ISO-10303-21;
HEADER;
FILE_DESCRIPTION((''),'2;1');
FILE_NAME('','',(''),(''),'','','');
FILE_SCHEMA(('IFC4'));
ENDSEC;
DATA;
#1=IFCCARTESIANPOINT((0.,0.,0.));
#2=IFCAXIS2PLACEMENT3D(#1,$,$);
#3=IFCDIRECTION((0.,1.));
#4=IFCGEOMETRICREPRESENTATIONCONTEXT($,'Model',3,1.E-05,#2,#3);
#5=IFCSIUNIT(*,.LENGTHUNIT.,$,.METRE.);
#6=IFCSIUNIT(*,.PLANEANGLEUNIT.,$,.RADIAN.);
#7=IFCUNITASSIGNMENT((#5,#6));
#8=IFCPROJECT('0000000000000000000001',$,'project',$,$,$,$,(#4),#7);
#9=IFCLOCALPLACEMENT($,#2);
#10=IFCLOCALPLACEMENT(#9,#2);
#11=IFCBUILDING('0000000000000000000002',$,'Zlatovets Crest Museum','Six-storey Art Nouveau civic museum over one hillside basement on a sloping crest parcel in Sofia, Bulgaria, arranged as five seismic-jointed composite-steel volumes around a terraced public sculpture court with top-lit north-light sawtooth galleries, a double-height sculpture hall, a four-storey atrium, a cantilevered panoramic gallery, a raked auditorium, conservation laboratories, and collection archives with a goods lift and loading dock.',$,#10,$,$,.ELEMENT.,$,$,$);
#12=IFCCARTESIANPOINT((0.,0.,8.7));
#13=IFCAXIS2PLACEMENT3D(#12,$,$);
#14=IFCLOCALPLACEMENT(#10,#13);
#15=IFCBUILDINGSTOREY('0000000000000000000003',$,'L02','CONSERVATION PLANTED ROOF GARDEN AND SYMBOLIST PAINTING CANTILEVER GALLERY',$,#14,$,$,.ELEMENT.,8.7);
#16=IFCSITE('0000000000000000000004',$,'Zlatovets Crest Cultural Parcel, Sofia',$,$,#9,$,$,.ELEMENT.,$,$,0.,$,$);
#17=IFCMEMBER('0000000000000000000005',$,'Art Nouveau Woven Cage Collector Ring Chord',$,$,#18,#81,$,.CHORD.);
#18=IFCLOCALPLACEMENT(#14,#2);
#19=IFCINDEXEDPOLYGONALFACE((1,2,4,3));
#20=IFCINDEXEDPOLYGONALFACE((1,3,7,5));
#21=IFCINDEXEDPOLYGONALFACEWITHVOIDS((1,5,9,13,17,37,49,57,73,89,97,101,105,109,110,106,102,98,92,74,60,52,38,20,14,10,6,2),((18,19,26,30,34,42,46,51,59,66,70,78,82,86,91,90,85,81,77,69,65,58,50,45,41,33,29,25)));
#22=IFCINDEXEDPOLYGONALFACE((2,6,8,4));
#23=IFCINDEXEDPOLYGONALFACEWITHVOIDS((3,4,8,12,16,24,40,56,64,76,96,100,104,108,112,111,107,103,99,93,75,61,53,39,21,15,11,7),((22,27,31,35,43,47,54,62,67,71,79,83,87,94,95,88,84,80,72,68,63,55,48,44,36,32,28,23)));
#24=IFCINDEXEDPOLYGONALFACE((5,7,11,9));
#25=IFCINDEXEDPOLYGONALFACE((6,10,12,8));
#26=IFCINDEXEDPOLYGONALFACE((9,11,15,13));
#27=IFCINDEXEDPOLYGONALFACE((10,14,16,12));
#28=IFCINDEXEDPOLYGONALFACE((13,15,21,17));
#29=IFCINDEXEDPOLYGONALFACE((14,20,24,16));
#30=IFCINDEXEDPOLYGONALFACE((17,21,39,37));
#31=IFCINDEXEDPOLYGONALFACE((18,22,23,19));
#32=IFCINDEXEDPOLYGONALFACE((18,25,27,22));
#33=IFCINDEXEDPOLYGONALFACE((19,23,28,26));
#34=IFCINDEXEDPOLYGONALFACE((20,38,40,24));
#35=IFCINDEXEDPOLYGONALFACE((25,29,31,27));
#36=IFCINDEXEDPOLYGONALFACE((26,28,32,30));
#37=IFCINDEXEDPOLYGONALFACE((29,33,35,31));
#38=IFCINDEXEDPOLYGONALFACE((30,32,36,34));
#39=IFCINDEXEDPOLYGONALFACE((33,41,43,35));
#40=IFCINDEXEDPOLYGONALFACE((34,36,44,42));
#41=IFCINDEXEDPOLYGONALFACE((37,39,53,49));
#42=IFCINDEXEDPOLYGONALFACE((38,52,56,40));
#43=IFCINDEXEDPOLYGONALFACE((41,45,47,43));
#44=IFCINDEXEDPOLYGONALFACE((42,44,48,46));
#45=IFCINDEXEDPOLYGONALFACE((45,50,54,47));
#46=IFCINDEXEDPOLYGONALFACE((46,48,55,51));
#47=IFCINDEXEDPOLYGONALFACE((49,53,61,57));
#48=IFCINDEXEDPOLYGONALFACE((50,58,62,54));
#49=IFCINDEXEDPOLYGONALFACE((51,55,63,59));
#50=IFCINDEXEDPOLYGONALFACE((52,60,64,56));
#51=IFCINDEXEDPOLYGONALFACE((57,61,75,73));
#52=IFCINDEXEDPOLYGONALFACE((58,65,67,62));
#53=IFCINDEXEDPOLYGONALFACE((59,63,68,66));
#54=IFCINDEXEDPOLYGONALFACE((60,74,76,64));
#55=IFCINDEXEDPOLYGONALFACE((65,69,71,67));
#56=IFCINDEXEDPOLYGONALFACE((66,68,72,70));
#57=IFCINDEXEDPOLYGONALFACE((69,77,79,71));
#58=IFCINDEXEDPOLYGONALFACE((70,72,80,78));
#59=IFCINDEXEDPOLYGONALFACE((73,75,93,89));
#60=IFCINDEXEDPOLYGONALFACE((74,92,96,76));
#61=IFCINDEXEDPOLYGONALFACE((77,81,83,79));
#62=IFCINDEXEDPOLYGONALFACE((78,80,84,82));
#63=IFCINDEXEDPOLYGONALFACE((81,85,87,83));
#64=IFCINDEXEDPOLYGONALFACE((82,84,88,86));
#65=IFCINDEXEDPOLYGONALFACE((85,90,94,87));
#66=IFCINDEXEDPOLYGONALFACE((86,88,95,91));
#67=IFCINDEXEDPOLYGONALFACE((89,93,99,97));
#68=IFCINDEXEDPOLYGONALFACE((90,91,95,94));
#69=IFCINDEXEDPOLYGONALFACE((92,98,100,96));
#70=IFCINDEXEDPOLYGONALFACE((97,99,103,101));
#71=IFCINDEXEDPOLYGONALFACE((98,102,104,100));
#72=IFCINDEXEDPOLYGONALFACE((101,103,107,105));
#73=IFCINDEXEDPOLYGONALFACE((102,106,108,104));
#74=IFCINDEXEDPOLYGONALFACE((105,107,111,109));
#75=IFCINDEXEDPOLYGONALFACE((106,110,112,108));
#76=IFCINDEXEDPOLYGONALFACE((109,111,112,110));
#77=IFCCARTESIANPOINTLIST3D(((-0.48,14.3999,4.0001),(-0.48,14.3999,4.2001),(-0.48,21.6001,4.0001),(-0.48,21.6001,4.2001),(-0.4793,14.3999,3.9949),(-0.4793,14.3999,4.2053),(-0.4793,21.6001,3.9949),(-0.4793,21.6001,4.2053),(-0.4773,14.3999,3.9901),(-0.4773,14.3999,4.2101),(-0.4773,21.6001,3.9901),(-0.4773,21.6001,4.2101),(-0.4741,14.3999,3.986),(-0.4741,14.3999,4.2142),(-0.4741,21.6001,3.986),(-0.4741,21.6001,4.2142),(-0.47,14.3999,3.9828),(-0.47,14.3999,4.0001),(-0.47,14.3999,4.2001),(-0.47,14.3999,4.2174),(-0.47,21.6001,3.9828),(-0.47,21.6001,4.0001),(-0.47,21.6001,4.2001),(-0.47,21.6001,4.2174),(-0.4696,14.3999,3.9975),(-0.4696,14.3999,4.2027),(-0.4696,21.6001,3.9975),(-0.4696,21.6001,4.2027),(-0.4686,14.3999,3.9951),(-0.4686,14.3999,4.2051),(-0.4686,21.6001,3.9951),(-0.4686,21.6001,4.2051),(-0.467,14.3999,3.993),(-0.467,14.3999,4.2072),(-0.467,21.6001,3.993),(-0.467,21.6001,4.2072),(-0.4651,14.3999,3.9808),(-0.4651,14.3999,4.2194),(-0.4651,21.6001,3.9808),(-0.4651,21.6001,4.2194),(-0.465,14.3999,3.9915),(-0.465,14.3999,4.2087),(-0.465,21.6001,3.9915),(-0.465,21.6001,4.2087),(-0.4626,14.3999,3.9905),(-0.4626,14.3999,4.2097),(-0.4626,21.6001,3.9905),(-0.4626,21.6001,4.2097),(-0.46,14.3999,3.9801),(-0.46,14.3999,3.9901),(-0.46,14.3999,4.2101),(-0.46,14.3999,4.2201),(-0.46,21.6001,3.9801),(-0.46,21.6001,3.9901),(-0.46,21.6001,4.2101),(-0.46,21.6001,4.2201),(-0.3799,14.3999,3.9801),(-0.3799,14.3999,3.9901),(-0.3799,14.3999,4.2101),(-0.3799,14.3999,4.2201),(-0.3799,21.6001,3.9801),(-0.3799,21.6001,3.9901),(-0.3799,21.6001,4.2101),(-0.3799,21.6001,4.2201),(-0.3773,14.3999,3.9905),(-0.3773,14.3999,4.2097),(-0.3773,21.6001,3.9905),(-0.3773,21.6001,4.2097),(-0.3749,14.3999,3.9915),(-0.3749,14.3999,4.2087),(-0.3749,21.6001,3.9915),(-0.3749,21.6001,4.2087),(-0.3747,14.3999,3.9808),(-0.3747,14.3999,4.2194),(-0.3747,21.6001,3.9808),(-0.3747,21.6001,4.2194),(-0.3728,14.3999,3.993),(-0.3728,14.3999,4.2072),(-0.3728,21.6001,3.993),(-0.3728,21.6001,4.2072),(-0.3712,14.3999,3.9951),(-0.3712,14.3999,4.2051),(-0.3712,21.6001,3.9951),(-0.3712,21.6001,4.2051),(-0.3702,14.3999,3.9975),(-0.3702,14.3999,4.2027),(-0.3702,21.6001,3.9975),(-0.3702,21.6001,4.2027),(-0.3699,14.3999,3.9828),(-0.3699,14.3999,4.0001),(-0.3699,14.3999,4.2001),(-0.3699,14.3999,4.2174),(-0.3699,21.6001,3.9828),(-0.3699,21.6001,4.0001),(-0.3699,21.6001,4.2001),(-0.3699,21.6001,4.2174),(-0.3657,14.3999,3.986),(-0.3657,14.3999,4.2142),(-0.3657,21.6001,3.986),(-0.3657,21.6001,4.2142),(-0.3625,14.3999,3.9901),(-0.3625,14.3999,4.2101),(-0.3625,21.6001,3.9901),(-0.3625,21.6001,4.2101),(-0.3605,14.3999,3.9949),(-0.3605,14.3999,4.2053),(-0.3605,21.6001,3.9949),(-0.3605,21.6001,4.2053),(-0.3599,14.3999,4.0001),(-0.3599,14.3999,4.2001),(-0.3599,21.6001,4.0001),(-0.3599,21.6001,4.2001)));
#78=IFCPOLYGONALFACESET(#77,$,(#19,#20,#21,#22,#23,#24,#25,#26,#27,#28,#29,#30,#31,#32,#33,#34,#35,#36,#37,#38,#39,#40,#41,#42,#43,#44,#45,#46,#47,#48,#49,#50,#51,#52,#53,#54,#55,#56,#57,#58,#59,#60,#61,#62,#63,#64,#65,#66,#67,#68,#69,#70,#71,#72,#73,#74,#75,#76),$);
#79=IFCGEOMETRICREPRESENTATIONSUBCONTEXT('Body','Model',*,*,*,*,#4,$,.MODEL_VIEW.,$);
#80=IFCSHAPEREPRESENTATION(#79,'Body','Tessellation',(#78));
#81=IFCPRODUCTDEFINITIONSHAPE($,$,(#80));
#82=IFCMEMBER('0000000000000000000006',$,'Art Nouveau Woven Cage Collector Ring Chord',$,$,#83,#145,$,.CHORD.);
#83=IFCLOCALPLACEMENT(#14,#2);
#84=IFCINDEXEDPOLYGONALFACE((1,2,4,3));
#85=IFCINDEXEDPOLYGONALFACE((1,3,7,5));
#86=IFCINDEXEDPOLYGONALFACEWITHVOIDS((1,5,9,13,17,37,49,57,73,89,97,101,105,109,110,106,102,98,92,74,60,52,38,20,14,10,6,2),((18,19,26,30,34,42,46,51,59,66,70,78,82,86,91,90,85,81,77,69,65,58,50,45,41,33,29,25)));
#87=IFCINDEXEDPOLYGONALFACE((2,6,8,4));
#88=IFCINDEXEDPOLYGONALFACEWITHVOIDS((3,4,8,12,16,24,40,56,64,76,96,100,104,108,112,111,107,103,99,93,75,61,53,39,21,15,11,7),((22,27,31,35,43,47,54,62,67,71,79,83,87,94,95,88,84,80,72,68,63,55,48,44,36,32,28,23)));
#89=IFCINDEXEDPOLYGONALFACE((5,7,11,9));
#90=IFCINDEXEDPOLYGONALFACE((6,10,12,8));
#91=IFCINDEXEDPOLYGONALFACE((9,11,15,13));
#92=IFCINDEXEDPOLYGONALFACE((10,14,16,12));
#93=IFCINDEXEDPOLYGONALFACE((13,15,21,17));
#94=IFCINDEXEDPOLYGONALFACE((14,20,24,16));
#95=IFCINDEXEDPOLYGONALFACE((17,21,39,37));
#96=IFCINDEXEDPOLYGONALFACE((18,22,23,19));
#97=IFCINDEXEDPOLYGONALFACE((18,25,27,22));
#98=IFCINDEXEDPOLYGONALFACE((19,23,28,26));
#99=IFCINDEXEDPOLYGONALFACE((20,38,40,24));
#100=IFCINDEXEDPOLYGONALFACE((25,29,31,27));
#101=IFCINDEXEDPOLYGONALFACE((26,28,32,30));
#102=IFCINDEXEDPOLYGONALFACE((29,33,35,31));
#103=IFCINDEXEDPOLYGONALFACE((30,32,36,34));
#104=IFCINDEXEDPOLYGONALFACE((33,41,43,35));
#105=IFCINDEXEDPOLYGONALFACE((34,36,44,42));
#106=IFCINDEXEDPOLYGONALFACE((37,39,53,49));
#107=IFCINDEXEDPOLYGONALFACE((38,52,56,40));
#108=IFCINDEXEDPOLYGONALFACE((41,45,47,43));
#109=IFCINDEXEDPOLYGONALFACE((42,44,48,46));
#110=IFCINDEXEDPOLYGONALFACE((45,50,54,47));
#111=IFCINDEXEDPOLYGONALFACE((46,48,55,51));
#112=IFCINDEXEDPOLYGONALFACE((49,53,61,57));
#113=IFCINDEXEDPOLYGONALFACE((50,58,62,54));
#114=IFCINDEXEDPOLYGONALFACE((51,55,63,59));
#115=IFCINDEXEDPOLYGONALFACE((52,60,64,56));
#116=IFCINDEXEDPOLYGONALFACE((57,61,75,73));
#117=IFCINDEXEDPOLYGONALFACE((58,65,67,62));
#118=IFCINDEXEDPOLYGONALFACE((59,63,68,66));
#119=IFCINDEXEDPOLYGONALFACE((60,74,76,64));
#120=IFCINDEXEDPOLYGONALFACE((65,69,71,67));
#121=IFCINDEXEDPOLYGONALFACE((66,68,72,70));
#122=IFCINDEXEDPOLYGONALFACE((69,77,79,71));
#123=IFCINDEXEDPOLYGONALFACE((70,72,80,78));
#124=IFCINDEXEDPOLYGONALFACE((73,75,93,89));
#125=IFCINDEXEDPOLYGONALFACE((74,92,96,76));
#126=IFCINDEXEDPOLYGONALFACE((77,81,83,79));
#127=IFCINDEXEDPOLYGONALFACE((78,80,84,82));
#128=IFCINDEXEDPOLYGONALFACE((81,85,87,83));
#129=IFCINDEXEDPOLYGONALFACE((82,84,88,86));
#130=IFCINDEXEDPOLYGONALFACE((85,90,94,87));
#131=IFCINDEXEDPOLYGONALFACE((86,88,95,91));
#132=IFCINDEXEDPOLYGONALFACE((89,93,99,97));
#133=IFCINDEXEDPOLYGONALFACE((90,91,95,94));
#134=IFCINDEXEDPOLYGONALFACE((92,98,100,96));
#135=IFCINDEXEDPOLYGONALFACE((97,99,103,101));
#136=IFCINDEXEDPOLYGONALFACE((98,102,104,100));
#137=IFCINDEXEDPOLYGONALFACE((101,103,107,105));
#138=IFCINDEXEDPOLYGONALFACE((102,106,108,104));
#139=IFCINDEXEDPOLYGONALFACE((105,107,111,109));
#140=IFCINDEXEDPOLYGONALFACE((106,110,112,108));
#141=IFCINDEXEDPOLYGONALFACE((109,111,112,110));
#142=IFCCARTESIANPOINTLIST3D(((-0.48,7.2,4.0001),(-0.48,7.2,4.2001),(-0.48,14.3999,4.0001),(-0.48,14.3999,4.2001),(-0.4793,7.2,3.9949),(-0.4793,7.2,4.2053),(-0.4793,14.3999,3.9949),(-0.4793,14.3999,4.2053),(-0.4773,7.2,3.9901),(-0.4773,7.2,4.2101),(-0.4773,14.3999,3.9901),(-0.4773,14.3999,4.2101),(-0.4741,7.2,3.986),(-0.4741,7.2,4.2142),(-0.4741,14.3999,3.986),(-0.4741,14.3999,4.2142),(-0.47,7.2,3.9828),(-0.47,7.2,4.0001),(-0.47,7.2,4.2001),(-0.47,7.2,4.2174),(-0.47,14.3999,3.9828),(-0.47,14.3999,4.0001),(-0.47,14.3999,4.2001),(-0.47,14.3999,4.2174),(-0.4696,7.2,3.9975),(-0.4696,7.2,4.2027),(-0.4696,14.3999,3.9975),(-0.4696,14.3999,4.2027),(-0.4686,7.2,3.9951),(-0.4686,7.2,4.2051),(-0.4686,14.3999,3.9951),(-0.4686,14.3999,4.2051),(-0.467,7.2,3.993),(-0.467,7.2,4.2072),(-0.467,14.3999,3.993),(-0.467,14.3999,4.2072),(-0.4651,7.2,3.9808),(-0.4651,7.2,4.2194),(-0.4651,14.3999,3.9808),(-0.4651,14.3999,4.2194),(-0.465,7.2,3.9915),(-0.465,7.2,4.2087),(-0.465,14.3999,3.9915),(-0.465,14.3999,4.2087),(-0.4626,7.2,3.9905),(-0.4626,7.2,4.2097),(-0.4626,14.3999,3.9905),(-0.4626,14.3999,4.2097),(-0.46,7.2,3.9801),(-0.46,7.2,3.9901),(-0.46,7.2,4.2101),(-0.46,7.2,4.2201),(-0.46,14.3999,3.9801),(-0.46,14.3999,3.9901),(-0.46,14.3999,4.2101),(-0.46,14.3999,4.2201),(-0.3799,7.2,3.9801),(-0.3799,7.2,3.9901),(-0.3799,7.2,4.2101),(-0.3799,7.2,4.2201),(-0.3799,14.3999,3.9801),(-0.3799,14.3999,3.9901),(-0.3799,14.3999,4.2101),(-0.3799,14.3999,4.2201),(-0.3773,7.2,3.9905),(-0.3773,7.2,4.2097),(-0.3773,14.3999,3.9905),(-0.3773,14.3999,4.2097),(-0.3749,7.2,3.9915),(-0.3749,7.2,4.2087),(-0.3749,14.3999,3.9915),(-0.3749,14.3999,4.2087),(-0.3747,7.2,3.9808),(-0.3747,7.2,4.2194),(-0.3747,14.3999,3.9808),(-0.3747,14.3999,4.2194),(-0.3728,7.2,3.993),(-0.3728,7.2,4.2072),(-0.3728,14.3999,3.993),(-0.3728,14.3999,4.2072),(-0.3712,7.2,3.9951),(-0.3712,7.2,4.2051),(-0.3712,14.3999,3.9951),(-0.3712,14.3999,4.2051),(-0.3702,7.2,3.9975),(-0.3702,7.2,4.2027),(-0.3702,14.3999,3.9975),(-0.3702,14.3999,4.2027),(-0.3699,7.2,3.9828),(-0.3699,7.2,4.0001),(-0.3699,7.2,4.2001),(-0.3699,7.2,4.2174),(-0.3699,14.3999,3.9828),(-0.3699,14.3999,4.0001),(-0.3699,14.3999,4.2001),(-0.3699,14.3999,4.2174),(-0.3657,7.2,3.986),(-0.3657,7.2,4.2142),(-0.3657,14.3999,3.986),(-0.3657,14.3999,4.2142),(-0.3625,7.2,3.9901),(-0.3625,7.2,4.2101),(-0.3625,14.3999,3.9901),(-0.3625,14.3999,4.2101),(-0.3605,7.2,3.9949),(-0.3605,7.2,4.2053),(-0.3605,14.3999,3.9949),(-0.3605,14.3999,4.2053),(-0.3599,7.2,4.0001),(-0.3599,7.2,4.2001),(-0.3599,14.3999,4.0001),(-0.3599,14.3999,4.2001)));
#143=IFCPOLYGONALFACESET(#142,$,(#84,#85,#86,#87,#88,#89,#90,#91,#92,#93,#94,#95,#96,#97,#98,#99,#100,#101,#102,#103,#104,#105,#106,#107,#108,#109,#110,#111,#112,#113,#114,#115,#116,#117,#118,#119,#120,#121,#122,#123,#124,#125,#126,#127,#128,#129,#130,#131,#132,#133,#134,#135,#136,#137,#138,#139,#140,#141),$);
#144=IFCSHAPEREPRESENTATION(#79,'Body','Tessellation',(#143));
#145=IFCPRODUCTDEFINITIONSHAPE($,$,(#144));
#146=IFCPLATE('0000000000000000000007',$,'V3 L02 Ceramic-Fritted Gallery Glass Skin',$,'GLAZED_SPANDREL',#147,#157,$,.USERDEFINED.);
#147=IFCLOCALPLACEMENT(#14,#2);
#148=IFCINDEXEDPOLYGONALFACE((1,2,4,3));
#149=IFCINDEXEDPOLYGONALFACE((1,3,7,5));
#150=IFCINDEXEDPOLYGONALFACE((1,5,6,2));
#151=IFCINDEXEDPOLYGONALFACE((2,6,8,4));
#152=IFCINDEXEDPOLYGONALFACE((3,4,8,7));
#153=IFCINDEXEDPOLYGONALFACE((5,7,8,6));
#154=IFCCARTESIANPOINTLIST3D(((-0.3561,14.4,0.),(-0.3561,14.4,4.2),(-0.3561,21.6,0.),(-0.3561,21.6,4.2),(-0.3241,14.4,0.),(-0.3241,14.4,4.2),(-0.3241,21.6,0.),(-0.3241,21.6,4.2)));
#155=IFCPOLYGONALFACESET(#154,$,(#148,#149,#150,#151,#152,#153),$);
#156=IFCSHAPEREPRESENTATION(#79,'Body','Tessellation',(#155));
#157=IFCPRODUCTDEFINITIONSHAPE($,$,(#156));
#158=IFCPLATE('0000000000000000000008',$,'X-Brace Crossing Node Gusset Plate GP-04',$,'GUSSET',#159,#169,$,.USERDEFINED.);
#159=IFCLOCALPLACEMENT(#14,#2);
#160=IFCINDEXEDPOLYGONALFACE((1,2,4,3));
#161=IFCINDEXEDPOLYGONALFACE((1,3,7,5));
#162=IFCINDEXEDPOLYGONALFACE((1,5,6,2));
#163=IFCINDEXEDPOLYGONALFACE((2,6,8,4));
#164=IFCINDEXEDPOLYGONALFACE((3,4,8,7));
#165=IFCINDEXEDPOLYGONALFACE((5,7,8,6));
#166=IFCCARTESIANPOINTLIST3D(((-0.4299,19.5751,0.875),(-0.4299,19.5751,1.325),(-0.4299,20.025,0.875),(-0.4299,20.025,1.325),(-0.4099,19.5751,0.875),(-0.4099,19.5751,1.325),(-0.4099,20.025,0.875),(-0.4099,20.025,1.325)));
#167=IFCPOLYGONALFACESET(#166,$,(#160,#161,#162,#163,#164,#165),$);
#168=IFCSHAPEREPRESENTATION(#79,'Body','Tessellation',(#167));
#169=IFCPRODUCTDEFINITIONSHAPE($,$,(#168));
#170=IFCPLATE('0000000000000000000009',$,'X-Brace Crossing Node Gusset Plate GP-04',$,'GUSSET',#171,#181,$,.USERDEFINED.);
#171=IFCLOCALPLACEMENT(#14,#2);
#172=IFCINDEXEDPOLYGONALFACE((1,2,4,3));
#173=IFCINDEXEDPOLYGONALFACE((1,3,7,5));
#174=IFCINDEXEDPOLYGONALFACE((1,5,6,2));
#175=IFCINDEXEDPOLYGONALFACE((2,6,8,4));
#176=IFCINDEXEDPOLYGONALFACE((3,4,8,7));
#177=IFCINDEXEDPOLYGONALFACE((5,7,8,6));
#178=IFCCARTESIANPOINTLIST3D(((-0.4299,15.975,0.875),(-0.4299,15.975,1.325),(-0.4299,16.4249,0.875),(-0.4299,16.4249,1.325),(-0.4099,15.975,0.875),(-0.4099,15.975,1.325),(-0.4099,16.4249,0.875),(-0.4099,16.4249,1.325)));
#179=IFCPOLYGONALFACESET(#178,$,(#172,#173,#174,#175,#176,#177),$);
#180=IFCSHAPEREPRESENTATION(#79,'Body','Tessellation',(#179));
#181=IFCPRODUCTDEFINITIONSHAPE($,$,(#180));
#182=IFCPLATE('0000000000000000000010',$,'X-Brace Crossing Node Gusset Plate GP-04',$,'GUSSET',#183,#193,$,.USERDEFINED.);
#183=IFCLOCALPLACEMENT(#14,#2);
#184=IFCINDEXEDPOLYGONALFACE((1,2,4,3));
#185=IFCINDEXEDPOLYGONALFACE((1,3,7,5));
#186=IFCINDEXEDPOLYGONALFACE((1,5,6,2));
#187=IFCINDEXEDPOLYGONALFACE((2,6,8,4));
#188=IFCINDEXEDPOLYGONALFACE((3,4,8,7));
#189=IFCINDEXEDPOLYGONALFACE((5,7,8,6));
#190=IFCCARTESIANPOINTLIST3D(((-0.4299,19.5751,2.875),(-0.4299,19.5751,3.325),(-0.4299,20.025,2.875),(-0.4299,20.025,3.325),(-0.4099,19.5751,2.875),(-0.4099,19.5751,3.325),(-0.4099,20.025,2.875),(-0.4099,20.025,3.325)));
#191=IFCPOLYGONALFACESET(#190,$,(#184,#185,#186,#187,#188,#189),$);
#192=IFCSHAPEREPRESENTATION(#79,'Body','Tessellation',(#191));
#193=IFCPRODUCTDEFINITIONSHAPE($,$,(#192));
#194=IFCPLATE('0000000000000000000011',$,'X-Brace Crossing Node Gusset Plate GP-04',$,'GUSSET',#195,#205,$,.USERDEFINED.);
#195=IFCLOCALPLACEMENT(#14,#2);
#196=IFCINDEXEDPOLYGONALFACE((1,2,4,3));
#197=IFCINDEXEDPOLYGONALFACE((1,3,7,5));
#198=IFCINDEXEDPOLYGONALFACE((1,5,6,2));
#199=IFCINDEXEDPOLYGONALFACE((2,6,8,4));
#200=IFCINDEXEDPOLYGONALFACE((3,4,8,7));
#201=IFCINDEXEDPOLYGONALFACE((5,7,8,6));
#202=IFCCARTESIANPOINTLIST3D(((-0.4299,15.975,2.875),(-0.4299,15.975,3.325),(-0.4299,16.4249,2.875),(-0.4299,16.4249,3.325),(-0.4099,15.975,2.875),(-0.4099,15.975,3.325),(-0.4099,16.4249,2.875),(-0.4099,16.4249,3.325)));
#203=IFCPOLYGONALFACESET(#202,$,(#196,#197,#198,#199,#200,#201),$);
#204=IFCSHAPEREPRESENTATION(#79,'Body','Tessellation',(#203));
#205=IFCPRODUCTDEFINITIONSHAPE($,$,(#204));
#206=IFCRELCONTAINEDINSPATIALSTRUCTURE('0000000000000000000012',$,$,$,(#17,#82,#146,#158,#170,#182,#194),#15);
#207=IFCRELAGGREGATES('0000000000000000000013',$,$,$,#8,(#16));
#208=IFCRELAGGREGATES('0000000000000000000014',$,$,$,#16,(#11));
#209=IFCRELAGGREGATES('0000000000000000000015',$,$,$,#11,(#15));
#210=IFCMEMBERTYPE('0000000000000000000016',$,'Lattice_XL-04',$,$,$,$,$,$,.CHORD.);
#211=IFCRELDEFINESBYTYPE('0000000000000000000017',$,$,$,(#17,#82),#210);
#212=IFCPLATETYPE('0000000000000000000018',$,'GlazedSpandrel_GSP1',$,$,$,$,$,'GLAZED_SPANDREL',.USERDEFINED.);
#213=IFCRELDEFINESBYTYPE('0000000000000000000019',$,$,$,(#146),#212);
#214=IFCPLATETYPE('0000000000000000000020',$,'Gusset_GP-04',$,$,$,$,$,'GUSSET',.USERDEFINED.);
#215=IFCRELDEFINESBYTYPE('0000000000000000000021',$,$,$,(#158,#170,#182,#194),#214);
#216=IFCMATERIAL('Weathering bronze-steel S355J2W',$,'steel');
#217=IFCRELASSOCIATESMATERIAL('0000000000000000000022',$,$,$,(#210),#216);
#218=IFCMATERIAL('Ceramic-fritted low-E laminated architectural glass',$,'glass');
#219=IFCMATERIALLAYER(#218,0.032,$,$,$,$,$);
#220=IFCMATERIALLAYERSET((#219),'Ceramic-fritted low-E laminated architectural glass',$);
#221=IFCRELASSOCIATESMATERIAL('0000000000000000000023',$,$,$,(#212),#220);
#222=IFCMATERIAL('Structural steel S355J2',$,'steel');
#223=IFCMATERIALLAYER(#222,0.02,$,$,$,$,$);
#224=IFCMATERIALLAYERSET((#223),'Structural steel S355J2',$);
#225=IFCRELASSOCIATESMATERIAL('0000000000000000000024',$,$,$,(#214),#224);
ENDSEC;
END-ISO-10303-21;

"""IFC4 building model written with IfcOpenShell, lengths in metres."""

from ifc_helpers import new_model, si_unit, direction, frame, origin, origin_2d, place, context, subcontext, project, spatial, rectangle, hollow_rectangle, extrude, material, layer, layer_set, material_profile, profile_set, type_object, element, save


model = new_model("IFC4")

# Units and contexts
model_context = context("Model", 3, precision=1e-05, world=origin(), true_north=direction((0.0, 1.0)))
body_context = subcontext(model_context, "Body", "Model", "MODEL_VIEW")
ifc_project = project(units=[si_unit("LENGTHUNIT", "METRE"), si_unit("PLANEANGLEUNIT", "RADIAN")], contexts=[model_context])

# Site, building, storey
site_placement = place(None, origin())
site = spatial("IfcSite", under=ifc_project, at=site_placement, Name="Zlatovets Crest Cultural Parcel, Sofia", CompositionType="ELEMENT", RefElevation=0.0)
building_placement = place(site_placement, origin())
building = spatial("IfcBuilding", under=site, at=building_placement, Name="Zlatovets Crest Museum", Description="Six-storey Art Nouveau civic museum over one hillside basement on a sloping crest parcel in Sofia, Bulgaria, arranged as five seismic-jointed composite-steel volumes around a terraced public sculpture court with top-lit north-light sawtooth galleries, a double-height sculpture hall, a four-storey atrium, a cantilevered panoramic gallery, a raked auditorium, conservation laboratories, and collection archives with a goods lift and loading dock.", CompositionType="ELEMENT")
storey_placement = place(building_placement, frame((0.0, 0.0, 8.7)))
storey = spatial("IfcBuildingStorey", under=building, at=storey_placement, Name="L02", Description="CONSERVATION PLANTED ROOF GARDEN AND SYMBOLIST PAINTING CANTILEVER GALLERY", CompositionType="ELEMENT", Elevation=8.7)

# Shared definitions
ifc_material_1 = material(Name="Structural steel S355J2", Category="steel")

# Members
ifc_material_2 = material(Name="Weathering bronze-steel S355J2W", Category="steel")
ifc_material_profile_1 = material_profile(ifc_material_2, hollow_rectangle(XDim=0.1201, YDim=0.24, WallThickness=0.01, InnerFilletRadius=0.01, OuterFilletRadius=0.02, at=origin_2d()), Name="RHS 120x240x10.0")
ifc_profile_set_1 = profile_set([ifc_material_profile_1], Name="Weathering bronze-steel S355J2W")
member_type_1 = type_object("IfcMemberType", Name="Lattice_XL-04", PredefinedType="CHORD", material=ifc_profile_set_1)
member_1_placement = place(storey_placement, frame((-0.4199, 21.6001, 4.1001), z_axis=(0.0, -1.0, 0.0), x_axis=(1.0, 0.0, 0.0)))
element("IfcMember", 1, at=member_1_placement, inside=storey, type_object=member_type_1, Name="Art Nouveau Woven Cage Collector Ring Chord", PredefinedType="CHORD", context=body_context, shape_type="SweptSolid", body=[
    extrude(hollow_rectangle(XDim=0.1201, YDim=0.24, WallThickness=0.01, InnerFilletRadius=0.01, OuterFilletRadius=0.02, at=origin_2d()), origin(), (0.0, 0.0, 1.0), 7.2002),
])
member_2_placement = place(storey_placement, frame((-0.4199, 14.3999, 4.1001), z_axis=(0.0, -1.0, 0.0), x_axis=(1.0, 0.0, 0.0)))
element("IfcMember", 2, at=member_2_placement, inside=storey, type_object=member_type_1, Name="Art Nouveau Woven Cage Collector Ring Chord", PredefinedType="CHORD", context=body_context, shape_type="SweptSolid", body=[
    extrude(hollow_rectangle(XDim=0.1201, YDim=0.24, WallThickness=0.01, InnerFilletRadius=0.01, OuterFilletRadius=0.02, at=origin_2d()), origin(), (0.0, 0.0, 1.0), 7.2),
])

# Plates
ifc_material_3 = material(Name="Ceramic-fritted low-E laminated architectural glass", Category="glass")
ifc_layer_1 = layer(ifc_material_3, 0.032)
ifc_layer_set_1 = layer_set([ifc_layer_1], Name="Ceramic-fritted low-E laminated architectural glass")
plate_type_1 = type_object("IfcPlateType", Name="GlazedSpandrel_GSP1", ElementType="GLAZED_SPANDREL", PredefinedType="USERDEFINED", material=ifc_layer_set_1)
plate_placement = place(storey_placement, frame((-0.3401, 18.0, 0.0), z_axis=(0.0, 0.0, 1.0), x_axis=(0.0, 1.0, 0.0)))
element("IfcPlate", 3, at=plate_placement, inside=storey, type_object=plate_type_1, Name="V3 L02 Ceramic-Fritted Gallery Glass Skin", ObjectType="GLAZED_SPANDREL", PredefinedType="USERDEFINED", context=body_context, shape_type="SweptSolid", body=[
    extrude(rectangle(XDim=7.2, YDim=0.032, at=origin_2d()), origin(), (0.0, 0.0, 1.0), 4.2),
])
ifc_layer_2 = layer(ifc_material_1, 0.02)
ifc_layer_set_2 = layer_set([ifc_layer_2], Name="Structural steel S355J2")
plate_type_2 = type_object("IfcPlateType", Name="Gusset_GP-04", ElementType="GUSSET", PredefinedType="USERDEFINED", material=ifc_layer_set_2)
for number, where, z_axis, x_axis, name in (
    (4, (-0.4199, 19.8, 0.875), (0.0, 0.0, 1.0), (1.0, 0.0, 0.0), "X-Brace Crossing Node Gusset Plate GP-04"),
    (5, (-0.4199, 16.2, 0.875), (0.0, 0.0, 1.0), (1.0, 0.0, 0.0), "X-Brace Crossing Node Gusset Plate GP-04"),
    (6, (-0.4199, 19.8, 2.875), (0.0, 0.0, 1.0), (1.0, 0.0, 0.0), "X-Brace Crossing Node Gusset Plate GP-04"),
    (7, (-0.4199, 16.2, 2.875), (0.0, 0.0, 1.0), (1.0, 0.0, 0.0), "X-Brace Crossing Node Gusset Plate GP-04"),
):
    element("IfcPlate", number, at=place(storey_placement, frame(where, z_axis=z_axis, x_axis=x_axis)), inside=storey, type_object=plate_type_2, Name=name, ObjectType="GUSSET", PredefinedType="USERDEFINED", context=body_context, shape_type="SweptSolid", body=[
        extrude(rectangle(XDim=0.02, YDim=0.45, at=origin_2d()), origin(), (0.0, 0.0, 1.0), 0.45),
    ])

save(model, "model.ifc")
